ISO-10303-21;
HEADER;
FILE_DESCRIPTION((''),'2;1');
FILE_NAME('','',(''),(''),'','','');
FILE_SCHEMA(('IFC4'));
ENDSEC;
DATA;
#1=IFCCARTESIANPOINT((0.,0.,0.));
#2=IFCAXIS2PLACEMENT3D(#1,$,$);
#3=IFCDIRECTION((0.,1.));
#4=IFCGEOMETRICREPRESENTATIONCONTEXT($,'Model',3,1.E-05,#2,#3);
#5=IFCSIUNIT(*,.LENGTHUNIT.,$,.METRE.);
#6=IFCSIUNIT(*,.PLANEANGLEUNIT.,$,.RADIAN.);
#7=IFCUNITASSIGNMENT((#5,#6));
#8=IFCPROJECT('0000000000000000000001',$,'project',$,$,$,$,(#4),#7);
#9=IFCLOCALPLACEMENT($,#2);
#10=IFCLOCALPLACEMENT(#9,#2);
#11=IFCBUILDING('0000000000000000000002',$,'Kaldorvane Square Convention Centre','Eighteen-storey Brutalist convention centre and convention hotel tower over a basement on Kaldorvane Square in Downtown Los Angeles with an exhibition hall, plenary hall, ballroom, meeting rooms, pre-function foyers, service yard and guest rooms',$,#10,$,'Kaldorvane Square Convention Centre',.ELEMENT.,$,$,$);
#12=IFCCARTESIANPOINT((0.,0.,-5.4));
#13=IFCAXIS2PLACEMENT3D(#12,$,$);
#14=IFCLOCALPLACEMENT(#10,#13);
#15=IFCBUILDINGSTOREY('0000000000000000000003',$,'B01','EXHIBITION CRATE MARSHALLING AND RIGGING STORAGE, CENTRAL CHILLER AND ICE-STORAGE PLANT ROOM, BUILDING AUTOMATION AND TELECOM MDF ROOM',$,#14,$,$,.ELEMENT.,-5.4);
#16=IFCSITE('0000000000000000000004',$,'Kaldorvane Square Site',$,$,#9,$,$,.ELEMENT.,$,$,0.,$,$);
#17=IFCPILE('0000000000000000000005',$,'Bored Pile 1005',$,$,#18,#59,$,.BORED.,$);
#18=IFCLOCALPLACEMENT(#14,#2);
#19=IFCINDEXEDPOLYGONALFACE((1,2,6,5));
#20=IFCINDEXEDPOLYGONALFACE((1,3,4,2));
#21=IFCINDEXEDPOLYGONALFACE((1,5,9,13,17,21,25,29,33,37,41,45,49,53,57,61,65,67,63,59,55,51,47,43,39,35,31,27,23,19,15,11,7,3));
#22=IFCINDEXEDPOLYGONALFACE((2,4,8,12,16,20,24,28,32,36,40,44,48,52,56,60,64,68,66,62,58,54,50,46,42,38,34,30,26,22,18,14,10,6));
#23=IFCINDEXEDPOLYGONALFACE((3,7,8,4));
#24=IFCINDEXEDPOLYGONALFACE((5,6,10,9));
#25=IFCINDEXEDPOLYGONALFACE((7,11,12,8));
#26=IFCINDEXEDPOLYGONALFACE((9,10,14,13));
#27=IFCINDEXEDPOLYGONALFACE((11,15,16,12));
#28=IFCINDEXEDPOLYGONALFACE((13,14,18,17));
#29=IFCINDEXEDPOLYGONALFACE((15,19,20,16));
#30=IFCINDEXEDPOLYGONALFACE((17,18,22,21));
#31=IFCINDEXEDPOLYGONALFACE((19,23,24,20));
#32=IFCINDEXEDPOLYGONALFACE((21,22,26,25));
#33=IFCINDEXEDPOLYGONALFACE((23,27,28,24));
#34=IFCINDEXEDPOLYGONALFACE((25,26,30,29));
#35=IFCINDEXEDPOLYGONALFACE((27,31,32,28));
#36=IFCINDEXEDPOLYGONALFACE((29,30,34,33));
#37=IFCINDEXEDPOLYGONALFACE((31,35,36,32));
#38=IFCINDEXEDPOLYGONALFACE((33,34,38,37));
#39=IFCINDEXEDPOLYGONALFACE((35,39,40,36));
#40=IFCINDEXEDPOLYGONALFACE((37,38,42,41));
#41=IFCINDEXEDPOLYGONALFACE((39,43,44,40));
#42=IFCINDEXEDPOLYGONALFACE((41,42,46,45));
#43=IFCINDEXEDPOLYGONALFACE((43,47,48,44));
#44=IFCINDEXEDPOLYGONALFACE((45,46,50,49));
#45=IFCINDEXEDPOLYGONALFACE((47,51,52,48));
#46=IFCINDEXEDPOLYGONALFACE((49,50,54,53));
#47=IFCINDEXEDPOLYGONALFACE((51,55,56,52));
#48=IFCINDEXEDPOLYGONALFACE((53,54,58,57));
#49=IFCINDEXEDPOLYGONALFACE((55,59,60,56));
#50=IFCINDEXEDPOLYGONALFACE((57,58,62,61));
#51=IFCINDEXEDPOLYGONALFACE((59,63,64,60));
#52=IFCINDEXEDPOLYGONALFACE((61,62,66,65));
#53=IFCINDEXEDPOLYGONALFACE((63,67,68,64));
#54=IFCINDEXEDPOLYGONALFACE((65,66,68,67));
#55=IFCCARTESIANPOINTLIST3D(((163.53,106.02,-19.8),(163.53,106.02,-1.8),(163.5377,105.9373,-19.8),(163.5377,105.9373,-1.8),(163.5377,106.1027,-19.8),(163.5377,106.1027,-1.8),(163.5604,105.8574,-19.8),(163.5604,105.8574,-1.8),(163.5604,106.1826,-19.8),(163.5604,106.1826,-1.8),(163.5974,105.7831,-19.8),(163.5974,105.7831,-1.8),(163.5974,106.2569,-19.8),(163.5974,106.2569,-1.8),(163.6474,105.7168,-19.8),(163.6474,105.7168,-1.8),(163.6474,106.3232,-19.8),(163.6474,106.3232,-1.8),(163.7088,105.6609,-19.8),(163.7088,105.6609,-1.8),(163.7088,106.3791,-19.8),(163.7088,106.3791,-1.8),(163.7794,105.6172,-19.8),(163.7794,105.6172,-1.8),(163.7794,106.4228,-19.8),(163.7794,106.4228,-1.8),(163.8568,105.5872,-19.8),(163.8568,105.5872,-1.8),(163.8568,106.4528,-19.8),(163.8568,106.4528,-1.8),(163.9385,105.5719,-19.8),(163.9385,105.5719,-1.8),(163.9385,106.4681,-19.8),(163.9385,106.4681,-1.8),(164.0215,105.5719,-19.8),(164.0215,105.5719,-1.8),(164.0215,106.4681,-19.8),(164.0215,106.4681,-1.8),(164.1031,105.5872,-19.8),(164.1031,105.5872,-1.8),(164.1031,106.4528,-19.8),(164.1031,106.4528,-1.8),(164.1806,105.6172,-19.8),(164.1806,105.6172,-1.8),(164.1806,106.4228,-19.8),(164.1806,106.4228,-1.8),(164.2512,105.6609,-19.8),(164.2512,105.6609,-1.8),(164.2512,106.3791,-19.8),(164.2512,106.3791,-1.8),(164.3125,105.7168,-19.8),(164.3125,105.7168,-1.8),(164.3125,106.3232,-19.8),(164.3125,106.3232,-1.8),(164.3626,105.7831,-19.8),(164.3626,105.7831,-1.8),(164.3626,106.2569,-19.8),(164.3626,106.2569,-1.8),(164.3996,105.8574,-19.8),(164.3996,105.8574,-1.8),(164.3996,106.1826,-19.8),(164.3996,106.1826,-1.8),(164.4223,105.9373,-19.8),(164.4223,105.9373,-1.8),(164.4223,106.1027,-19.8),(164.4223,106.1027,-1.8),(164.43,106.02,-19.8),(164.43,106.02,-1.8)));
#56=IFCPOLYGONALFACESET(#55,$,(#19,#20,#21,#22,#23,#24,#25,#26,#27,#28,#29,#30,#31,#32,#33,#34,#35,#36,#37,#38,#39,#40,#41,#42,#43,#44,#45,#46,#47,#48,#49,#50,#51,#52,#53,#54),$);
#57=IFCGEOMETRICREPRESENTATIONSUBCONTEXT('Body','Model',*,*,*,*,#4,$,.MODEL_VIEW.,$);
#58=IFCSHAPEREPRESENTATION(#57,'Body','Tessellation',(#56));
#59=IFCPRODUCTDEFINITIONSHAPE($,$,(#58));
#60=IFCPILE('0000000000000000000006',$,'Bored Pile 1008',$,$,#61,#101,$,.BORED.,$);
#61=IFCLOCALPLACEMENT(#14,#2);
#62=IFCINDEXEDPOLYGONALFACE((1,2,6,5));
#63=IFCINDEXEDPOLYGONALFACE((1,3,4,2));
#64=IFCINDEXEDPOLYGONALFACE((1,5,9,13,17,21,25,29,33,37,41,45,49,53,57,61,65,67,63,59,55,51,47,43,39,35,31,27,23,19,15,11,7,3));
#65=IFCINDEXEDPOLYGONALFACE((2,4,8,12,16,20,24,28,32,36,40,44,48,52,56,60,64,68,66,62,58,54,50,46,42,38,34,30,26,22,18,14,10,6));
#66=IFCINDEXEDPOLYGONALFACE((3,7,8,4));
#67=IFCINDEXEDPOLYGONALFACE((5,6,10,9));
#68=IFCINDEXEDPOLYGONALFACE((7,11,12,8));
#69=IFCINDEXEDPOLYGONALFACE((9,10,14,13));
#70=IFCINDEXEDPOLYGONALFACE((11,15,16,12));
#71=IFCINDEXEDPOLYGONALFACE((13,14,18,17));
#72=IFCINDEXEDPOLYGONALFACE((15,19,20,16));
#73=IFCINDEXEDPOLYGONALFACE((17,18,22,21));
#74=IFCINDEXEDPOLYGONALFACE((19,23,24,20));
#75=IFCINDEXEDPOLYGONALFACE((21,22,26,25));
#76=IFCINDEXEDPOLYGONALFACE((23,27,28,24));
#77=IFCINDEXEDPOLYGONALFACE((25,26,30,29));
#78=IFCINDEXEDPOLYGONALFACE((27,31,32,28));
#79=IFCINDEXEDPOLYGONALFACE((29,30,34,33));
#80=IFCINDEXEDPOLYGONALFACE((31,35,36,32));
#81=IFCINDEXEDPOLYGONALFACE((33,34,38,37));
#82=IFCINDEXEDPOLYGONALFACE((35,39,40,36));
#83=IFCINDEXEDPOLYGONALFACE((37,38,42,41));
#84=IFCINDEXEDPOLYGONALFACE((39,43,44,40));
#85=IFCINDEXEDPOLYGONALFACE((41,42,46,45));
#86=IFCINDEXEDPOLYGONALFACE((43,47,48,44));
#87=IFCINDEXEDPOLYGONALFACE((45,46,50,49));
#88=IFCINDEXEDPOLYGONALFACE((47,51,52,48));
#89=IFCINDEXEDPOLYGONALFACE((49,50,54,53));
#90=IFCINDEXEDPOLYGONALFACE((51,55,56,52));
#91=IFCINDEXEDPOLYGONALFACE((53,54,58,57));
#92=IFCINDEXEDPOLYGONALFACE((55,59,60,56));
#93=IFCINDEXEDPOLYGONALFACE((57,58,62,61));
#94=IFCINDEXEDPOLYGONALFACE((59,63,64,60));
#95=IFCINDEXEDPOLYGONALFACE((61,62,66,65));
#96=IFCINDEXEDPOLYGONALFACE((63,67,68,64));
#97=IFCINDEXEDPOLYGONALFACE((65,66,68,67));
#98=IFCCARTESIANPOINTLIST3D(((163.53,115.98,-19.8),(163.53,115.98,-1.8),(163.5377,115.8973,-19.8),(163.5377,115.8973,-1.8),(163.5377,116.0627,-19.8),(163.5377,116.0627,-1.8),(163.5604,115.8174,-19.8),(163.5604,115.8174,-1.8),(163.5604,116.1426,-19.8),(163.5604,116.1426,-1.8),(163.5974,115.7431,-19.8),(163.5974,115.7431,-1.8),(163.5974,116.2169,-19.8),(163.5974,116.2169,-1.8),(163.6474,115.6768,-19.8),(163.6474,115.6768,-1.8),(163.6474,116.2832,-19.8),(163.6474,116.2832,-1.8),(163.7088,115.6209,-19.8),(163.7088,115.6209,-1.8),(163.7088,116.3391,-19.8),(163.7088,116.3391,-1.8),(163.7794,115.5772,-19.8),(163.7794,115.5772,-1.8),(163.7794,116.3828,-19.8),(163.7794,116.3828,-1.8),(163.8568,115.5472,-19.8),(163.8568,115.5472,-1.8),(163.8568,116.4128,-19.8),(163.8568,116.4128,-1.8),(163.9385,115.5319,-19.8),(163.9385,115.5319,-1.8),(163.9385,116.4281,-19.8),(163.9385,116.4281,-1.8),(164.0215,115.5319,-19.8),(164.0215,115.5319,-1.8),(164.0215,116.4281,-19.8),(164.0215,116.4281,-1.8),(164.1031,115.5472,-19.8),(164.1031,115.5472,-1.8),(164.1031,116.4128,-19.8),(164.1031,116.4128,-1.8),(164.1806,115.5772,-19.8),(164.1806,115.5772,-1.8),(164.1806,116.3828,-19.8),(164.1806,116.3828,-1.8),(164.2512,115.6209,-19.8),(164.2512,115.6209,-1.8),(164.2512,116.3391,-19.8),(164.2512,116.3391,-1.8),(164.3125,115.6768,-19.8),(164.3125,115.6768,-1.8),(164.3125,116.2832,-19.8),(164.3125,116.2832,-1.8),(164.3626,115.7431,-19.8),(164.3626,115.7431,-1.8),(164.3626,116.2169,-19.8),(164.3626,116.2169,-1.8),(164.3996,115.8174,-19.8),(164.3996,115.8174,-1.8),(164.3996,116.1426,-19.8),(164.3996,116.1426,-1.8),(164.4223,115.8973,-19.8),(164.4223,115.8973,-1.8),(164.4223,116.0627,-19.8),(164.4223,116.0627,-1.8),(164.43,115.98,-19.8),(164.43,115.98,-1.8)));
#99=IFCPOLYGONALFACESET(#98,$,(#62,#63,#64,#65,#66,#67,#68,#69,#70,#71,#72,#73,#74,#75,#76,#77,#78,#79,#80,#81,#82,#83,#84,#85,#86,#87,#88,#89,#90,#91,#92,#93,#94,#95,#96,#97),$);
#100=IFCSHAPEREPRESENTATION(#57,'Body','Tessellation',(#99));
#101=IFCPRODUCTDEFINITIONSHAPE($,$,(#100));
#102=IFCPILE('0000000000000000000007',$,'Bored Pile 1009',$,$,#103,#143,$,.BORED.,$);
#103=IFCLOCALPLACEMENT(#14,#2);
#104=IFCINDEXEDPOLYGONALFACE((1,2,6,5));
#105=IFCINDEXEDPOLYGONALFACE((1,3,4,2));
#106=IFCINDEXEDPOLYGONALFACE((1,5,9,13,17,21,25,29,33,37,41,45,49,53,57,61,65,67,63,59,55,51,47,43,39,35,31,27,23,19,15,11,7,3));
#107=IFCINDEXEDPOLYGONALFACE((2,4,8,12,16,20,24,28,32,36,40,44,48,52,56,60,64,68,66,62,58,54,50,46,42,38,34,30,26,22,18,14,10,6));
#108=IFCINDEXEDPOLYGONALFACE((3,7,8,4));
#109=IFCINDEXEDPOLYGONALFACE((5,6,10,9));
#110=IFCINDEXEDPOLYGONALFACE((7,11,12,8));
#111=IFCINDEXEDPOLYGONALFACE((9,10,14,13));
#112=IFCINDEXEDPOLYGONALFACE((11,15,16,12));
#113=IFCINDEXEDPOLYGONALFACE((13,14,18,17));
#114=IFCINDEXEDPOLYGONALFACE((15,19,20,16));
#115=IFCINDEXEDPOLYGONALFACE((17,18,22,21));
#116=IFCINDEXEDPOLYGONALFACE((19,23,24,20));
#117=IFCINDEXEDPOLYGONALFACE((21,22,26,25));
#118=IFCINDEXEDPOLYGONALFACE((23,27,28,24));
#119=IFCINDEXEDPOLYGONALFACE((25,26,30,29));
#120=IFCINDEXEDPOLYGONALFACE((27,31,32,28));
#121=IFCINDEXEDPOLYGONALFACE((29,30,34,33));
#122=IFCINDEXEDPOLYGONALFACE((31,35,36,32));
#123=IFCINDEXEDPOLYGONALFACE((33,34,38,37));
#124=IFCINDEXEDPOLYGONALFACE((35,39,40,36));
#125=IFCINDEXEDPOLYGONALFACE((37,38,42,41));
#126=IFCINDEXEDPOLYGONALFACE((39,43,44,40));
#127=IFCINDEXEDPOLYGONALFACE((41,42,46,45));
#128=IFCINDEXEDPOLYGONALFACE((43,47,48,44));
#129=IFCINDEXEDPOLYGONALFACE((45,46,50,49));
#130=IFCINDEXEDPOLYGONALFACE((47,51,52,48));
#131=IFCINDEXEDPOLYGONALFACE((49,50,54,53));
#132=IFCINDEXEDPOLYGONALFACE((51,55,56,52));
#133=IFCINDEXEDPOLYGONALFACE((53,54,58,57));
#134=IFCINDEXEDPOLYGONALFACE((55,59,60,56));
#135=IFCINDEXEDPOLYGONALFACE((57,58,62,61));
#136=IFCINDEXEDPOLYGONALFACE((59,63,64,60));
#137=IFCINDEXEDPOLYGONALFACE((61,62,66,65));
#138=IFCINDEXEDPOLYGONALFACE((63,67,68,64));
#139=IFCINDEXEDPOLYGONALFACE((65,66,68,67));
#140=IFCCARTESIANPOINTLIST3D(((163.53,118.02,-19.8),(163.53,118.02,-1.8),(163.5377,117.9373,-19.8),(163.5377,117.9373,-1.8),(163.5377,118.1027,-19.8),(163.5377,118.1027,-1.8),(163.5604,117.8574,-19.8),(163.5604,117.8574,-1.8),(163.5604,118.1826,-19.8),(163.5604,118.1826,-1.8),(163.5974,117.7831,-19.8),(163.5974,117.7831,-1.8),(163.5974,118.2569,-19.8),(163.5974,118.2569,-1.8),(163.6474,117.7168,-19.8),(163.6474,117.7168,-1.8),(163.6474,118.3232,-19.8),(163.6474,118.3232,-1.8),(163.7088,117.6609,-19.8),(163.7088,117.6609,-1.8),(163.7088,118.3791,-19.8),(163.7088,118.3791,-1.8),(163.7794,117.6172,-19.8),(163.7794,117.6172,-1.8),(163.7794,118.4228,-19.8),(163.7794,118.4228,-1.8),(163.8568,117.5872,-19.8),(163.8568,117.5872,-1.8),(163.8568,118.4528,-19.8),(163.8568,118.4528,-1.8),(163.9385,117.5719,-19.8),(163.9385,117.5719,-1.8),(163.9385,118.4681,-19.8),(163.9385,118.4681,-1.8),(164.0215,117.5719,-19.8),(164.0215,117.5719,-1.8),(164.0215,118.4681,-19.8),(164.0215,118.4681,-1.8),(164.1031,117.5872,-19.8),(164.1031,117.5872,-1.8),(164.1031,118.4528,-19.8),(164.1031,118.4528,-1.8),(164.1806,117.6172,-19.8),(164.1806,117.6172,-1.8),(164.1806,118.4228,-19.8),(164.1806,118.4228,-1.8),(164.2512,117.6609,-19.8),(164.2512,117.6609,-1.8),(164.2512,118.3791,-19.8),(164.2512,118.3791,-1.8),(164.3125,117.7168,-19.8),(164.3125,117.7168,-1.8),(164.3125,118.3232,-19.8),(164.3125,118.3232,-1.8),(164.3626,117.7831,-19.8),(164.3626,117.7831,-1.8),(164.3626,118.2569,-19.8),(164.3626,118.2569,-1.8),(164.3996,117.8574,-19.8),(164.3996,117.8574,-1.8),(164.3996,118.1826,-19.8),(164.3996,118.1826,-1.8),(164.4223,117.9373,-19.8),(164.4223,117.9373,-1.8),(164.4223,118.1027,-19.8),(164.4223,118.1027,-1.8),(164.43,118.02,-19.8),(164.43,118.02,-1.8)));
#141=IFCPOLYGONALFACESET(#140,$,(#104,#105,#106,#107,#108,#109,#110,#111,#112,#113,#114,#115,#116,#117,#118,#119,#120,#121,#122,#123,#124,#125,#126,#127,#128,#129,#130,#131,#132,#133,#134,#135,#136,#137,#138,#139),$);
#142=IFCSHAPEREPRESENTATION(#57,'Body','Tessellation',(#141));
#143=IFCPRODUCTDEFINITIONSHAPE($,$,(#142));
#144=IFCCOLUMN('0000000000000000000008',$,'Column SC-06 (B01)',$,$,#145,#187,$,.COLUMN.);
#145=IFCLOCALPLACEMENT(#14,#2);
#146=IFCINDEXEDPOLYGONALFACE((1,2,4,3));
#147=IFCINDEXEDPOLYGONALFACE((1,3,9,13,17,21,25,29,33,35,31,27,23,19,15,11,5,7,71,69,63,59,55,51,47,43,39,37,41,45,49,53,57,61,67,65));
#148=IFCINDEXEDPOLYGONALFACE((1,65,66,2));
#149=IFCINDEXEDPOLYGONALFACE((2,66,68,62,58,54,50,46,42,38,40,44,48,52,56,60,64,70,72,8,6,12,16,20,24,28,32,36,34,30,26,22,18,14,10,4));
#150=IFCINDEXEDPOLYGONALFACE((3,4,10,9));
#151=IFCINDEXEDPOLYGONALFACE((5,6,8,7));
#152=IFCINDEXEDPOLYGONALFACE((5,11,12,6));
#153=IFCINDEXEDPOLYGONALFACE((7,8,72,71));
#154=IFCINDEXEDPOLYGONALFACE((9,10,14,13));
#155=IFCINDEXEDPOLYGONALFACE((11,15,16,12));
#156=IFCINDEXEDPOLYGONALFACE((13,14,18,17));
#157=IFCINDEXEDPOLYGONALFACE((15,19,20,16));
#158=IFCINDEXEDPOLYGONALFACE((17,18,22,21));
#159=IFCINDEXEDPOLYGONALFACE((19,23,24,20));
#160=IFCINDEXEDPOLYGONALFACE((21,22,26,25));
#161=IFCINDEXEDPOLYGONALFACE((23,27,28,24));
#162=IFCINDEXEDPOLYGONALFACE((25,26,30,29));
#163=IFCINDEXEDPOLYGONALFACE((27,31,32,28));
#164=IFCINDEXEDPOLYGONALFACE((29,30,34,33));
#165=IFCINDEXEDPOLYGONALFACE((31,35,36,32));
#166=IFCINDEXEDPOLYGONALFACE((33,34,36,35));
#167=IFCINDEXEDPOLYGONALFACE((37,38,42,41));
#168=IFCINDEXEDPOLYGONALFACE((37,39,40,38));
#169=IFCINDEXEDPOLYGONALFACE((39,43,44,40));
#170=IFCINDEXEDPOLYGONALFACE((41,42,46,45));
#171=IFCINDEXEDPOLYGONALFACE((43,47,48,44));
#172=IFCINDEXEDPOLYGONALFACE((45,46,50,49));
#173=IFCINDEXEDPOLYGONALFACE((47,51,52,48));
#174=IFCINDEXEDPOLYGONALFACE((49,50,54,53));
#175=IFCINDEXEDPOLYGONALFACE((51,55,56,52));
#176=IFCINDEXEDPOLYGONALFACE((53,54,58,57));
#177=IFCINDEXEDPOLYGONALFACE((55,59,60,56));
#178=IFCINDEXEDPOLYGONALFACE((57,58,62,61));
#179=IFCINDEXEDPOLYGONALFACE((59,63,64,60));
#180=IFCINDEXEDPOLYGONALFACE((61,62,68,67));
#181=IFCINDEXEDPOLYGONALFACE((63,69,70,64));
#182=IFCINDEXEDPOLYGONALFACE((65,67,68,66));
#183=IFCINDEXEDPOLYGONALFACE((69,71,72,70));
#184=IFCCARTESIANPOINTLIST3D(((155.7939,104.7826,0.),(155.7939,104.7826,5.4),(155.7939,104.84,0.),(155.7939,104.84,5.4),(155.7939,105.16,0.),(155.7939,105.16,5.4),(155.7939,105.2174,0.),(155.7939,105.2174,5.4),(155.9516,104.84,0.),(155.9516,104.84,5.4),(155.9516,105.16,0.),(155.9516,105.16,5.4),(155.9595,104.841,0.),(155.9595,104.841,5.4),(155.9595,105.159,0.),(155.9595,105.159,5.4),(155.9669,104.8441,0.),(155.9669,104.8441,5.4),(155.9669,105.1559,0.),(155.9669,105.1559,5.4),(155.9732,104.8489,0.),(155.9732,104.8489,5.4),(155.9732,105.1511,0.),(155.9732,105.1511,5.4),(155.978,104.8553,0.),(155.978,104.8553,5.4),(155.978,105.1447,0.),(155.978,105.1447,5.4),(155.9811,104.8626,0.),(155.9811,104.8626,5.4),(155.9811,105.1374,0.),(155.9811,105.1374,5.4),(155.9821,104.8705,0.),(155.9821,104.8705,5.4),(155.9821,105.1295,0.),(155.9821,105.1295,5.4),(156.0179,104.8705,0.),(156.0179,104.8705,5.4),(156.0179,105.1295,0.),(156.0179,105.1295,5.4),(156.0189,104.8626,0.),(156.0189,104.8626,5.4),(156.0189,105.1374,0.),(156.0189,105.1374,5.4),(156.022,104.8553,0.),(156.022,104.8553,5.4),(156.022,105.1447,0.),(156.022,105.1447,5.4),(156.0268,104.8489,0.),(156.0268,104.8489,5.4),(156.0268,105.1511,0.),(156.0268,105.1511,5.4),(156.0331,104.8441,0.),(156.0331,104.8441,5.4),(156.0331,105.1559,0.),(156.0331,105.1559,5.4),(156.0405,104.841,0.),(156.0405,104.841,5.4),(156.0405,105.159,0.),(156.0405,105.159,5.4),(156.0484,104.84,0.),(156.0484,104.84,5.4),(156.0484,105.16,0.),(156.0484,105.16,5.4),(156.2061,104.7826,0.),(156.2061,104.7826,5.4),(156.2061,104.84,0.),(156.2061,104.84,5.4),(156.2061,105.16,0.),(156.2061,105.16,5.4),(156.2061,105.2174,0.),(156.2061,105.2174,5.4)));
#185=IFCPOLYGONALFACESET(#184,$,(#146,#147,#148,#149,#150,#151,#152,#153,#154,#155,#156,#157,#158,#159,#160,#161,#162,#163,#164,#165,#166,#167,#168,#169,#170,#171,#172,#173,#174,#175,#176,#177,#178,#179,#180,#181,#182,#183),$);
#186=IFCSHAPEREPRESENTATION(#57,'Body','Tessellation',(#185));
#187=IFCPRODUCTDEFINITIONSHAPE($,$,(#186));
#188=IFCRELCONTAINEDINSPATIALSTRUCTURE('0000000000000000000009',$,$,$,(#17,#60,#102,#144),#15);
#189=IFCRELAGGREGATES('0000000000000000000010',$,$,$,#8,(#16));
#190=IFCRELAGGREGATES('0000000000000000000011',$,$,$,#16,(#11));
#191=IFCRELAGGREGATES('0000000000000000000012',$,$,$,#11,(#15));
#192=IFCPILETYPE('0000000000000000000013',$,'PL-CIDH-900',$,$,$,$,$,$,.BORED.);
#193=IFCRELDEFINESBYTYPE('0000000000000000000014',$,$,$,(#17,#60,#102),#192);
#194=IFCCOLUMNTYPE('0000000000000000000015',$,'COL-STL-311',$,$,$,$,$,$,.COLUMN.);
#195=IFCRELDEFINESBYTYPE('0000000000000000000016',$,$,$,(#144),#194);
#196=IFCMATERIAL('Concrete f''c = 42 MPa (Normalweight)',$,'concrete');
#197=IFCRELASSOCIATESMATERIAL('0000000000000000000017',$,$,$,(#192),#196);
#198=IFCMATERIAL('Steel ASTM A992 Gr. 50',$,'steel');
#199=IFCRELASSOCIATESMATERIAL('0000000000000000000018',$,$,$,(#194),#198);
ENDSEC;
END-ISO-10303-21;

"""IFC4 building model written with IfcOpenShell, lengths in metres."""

from ifc_helpers import new_model, si_unit, direction, frame, origin, origin_2d, place, context, subcontext, project, spatial, circle, i_section, extrude, material, material_profile, profile_set, type_object, element, save


model = new_model("IFC4")

# Units and contexts
model_context = context("Model", 3, precision=1e-05, world=origin(), true_north=direction((0.0, 1.0)))
body_context = subcontext(model_context, "Body", "Model", "MODEL_VIEW")
ifc_project = project(units=[si_unit("LENGTHUNIT", "METRE"), si_unit("PLANEANGLEUNIT", "RADIAN")], contexts=[model_context])

# Site, building, storey
site_placement = place(None, origin())
site = spatial("IfcSite", under=ifc_project, at=site_placement, Name="Kaldorvane Square Site", CompositionType="ELEMENT", RefElevation=0.0)
building_placement = place(site_placement, origin())
building = spatial("IfcBuilding", under=site, at=building_placement, Name="Kaldorvane Square Convention Centre", Description="Eighteen-storey Brutalist convention centre and convention hotel tower over a basement on Kaldorvane Square in Downtown Los Angeles with an exhibition hall, plenary hall, ballroom, meeting rooms, pre-function foyers, service yard and guest rooms", LongName="Kaldorvane Square Convention Centre", CompositionType="ELEMENT")
storey_placement = place(building_placement, frame((0.0, 0.0, -5.4)))
storey = spatial("IfcBuildingStorey", under=building, at=storey_placement, Name="B01", Description="EXHIBITION CRATE MARSHALLING AND RIGGING STORAGE, CENTRAL CHILLER AND ICE-STORAGE PLANT ROOM, BUILDING AUTOMATION AND TELECOM MDF ROOM", CompositionType="ELEMENT", Elevation=-5.4)

# Shared definitions
ifc_material_1 = material(Name="Concrete f'c = 42 MPa (Normalweight)", Category="concrete")

# Piles
ifc_material_profile_1 = material_profile(ifc_material_1, circle(Radius=0.45, at=origin_2d()), Name="PILE-D900")
ifc_profile_set_1 = profile_set([ifc_material_profile_1], Name="Concrete f'c = 42 MPa (Normalweight)")
pile_type = type_object("IfcPileType", Name="PL-CIDH-900", PredefinedType="BORED", material=ifc_profile_set_1)
for number, where, z_axis, x_axis, name in (
    (1, (163.98, 106.02, -1.8), (0.0, 0.0, -1.0), (1.0, 0.0, 0.0), "Bored Pile 1005"),
    (2, (163.98, 115.98, -1.8), (0.0, 0.0, -1.0), (1.0, 0.0, 0.0), "Bored Pile 1008"),
    (3, (163.98, 118.02, -1.8), (0.0, 0.0, -1.0), (1.0, 0.0, 0.0), "Bored Pile 1009"),
):
    element("IfcPile", number, at=place(storey_placement, frame(where, z_axis=z_axis, x_axis=x_axis)), inside=storey, type_object=pile_type, Name=name, PredefinedType="BORED", context=body_context, shape_type="SweptSolid", body=[
        extrude(circle(Radius=0.45, at=origin_2d()), origin(), (0.0, 0.0, 1.0), 18.0),
    ])

# Column
ifc_material_2 = material(Name="Steel ASTM A992 Gr. 50", Category="steel")
ifc_material_profile_2 = material_profile(ifc_material_2, i_section(OverallWidth=0.4122, OverallDepth=0.4348, WebThickness=0.0358, FlangeThickness=0.0574, FilletRadius=0.0305, at=origin_2d()), Name="W14X311")
ifc_profile_set_2 = profile_set([ifc_material_profile_2], Name="Steel ASTM A992 Gr. 50")
column_type = type_object("IfcColumnType", Name="COL-STL-311", PredefinedType="COLUMN", material=ifc_profile_set_2)
for number, where, z_axis, x_axis, name in (
    (4, (156.0, 105.0, 0.0), (0.0, 0.0, 1.0), (1.0, 0.0, 0.0), "Column SC-06 (B01)"),
):
    element("IfcColumn", number, at=place(storey_placement, frame(where, z_axis=z_axis, x_axis=x_axis)), inside=storey, type_object=column_type, Name=name, PredefinedType="COLUMN", context=body_context, shape_type="SweptSolid", body=[
        extrude(i_section(OverallWidth=0.4122, OverallDepth=0.4348, WebThickness=0.0358, FlangeThickness=0.0574, FilletRadius=0.0305, at=origin_2d()), origin(), (0.0, 0.0, 1.0), 5.4),
    ])

save(model, "model.ifc")
